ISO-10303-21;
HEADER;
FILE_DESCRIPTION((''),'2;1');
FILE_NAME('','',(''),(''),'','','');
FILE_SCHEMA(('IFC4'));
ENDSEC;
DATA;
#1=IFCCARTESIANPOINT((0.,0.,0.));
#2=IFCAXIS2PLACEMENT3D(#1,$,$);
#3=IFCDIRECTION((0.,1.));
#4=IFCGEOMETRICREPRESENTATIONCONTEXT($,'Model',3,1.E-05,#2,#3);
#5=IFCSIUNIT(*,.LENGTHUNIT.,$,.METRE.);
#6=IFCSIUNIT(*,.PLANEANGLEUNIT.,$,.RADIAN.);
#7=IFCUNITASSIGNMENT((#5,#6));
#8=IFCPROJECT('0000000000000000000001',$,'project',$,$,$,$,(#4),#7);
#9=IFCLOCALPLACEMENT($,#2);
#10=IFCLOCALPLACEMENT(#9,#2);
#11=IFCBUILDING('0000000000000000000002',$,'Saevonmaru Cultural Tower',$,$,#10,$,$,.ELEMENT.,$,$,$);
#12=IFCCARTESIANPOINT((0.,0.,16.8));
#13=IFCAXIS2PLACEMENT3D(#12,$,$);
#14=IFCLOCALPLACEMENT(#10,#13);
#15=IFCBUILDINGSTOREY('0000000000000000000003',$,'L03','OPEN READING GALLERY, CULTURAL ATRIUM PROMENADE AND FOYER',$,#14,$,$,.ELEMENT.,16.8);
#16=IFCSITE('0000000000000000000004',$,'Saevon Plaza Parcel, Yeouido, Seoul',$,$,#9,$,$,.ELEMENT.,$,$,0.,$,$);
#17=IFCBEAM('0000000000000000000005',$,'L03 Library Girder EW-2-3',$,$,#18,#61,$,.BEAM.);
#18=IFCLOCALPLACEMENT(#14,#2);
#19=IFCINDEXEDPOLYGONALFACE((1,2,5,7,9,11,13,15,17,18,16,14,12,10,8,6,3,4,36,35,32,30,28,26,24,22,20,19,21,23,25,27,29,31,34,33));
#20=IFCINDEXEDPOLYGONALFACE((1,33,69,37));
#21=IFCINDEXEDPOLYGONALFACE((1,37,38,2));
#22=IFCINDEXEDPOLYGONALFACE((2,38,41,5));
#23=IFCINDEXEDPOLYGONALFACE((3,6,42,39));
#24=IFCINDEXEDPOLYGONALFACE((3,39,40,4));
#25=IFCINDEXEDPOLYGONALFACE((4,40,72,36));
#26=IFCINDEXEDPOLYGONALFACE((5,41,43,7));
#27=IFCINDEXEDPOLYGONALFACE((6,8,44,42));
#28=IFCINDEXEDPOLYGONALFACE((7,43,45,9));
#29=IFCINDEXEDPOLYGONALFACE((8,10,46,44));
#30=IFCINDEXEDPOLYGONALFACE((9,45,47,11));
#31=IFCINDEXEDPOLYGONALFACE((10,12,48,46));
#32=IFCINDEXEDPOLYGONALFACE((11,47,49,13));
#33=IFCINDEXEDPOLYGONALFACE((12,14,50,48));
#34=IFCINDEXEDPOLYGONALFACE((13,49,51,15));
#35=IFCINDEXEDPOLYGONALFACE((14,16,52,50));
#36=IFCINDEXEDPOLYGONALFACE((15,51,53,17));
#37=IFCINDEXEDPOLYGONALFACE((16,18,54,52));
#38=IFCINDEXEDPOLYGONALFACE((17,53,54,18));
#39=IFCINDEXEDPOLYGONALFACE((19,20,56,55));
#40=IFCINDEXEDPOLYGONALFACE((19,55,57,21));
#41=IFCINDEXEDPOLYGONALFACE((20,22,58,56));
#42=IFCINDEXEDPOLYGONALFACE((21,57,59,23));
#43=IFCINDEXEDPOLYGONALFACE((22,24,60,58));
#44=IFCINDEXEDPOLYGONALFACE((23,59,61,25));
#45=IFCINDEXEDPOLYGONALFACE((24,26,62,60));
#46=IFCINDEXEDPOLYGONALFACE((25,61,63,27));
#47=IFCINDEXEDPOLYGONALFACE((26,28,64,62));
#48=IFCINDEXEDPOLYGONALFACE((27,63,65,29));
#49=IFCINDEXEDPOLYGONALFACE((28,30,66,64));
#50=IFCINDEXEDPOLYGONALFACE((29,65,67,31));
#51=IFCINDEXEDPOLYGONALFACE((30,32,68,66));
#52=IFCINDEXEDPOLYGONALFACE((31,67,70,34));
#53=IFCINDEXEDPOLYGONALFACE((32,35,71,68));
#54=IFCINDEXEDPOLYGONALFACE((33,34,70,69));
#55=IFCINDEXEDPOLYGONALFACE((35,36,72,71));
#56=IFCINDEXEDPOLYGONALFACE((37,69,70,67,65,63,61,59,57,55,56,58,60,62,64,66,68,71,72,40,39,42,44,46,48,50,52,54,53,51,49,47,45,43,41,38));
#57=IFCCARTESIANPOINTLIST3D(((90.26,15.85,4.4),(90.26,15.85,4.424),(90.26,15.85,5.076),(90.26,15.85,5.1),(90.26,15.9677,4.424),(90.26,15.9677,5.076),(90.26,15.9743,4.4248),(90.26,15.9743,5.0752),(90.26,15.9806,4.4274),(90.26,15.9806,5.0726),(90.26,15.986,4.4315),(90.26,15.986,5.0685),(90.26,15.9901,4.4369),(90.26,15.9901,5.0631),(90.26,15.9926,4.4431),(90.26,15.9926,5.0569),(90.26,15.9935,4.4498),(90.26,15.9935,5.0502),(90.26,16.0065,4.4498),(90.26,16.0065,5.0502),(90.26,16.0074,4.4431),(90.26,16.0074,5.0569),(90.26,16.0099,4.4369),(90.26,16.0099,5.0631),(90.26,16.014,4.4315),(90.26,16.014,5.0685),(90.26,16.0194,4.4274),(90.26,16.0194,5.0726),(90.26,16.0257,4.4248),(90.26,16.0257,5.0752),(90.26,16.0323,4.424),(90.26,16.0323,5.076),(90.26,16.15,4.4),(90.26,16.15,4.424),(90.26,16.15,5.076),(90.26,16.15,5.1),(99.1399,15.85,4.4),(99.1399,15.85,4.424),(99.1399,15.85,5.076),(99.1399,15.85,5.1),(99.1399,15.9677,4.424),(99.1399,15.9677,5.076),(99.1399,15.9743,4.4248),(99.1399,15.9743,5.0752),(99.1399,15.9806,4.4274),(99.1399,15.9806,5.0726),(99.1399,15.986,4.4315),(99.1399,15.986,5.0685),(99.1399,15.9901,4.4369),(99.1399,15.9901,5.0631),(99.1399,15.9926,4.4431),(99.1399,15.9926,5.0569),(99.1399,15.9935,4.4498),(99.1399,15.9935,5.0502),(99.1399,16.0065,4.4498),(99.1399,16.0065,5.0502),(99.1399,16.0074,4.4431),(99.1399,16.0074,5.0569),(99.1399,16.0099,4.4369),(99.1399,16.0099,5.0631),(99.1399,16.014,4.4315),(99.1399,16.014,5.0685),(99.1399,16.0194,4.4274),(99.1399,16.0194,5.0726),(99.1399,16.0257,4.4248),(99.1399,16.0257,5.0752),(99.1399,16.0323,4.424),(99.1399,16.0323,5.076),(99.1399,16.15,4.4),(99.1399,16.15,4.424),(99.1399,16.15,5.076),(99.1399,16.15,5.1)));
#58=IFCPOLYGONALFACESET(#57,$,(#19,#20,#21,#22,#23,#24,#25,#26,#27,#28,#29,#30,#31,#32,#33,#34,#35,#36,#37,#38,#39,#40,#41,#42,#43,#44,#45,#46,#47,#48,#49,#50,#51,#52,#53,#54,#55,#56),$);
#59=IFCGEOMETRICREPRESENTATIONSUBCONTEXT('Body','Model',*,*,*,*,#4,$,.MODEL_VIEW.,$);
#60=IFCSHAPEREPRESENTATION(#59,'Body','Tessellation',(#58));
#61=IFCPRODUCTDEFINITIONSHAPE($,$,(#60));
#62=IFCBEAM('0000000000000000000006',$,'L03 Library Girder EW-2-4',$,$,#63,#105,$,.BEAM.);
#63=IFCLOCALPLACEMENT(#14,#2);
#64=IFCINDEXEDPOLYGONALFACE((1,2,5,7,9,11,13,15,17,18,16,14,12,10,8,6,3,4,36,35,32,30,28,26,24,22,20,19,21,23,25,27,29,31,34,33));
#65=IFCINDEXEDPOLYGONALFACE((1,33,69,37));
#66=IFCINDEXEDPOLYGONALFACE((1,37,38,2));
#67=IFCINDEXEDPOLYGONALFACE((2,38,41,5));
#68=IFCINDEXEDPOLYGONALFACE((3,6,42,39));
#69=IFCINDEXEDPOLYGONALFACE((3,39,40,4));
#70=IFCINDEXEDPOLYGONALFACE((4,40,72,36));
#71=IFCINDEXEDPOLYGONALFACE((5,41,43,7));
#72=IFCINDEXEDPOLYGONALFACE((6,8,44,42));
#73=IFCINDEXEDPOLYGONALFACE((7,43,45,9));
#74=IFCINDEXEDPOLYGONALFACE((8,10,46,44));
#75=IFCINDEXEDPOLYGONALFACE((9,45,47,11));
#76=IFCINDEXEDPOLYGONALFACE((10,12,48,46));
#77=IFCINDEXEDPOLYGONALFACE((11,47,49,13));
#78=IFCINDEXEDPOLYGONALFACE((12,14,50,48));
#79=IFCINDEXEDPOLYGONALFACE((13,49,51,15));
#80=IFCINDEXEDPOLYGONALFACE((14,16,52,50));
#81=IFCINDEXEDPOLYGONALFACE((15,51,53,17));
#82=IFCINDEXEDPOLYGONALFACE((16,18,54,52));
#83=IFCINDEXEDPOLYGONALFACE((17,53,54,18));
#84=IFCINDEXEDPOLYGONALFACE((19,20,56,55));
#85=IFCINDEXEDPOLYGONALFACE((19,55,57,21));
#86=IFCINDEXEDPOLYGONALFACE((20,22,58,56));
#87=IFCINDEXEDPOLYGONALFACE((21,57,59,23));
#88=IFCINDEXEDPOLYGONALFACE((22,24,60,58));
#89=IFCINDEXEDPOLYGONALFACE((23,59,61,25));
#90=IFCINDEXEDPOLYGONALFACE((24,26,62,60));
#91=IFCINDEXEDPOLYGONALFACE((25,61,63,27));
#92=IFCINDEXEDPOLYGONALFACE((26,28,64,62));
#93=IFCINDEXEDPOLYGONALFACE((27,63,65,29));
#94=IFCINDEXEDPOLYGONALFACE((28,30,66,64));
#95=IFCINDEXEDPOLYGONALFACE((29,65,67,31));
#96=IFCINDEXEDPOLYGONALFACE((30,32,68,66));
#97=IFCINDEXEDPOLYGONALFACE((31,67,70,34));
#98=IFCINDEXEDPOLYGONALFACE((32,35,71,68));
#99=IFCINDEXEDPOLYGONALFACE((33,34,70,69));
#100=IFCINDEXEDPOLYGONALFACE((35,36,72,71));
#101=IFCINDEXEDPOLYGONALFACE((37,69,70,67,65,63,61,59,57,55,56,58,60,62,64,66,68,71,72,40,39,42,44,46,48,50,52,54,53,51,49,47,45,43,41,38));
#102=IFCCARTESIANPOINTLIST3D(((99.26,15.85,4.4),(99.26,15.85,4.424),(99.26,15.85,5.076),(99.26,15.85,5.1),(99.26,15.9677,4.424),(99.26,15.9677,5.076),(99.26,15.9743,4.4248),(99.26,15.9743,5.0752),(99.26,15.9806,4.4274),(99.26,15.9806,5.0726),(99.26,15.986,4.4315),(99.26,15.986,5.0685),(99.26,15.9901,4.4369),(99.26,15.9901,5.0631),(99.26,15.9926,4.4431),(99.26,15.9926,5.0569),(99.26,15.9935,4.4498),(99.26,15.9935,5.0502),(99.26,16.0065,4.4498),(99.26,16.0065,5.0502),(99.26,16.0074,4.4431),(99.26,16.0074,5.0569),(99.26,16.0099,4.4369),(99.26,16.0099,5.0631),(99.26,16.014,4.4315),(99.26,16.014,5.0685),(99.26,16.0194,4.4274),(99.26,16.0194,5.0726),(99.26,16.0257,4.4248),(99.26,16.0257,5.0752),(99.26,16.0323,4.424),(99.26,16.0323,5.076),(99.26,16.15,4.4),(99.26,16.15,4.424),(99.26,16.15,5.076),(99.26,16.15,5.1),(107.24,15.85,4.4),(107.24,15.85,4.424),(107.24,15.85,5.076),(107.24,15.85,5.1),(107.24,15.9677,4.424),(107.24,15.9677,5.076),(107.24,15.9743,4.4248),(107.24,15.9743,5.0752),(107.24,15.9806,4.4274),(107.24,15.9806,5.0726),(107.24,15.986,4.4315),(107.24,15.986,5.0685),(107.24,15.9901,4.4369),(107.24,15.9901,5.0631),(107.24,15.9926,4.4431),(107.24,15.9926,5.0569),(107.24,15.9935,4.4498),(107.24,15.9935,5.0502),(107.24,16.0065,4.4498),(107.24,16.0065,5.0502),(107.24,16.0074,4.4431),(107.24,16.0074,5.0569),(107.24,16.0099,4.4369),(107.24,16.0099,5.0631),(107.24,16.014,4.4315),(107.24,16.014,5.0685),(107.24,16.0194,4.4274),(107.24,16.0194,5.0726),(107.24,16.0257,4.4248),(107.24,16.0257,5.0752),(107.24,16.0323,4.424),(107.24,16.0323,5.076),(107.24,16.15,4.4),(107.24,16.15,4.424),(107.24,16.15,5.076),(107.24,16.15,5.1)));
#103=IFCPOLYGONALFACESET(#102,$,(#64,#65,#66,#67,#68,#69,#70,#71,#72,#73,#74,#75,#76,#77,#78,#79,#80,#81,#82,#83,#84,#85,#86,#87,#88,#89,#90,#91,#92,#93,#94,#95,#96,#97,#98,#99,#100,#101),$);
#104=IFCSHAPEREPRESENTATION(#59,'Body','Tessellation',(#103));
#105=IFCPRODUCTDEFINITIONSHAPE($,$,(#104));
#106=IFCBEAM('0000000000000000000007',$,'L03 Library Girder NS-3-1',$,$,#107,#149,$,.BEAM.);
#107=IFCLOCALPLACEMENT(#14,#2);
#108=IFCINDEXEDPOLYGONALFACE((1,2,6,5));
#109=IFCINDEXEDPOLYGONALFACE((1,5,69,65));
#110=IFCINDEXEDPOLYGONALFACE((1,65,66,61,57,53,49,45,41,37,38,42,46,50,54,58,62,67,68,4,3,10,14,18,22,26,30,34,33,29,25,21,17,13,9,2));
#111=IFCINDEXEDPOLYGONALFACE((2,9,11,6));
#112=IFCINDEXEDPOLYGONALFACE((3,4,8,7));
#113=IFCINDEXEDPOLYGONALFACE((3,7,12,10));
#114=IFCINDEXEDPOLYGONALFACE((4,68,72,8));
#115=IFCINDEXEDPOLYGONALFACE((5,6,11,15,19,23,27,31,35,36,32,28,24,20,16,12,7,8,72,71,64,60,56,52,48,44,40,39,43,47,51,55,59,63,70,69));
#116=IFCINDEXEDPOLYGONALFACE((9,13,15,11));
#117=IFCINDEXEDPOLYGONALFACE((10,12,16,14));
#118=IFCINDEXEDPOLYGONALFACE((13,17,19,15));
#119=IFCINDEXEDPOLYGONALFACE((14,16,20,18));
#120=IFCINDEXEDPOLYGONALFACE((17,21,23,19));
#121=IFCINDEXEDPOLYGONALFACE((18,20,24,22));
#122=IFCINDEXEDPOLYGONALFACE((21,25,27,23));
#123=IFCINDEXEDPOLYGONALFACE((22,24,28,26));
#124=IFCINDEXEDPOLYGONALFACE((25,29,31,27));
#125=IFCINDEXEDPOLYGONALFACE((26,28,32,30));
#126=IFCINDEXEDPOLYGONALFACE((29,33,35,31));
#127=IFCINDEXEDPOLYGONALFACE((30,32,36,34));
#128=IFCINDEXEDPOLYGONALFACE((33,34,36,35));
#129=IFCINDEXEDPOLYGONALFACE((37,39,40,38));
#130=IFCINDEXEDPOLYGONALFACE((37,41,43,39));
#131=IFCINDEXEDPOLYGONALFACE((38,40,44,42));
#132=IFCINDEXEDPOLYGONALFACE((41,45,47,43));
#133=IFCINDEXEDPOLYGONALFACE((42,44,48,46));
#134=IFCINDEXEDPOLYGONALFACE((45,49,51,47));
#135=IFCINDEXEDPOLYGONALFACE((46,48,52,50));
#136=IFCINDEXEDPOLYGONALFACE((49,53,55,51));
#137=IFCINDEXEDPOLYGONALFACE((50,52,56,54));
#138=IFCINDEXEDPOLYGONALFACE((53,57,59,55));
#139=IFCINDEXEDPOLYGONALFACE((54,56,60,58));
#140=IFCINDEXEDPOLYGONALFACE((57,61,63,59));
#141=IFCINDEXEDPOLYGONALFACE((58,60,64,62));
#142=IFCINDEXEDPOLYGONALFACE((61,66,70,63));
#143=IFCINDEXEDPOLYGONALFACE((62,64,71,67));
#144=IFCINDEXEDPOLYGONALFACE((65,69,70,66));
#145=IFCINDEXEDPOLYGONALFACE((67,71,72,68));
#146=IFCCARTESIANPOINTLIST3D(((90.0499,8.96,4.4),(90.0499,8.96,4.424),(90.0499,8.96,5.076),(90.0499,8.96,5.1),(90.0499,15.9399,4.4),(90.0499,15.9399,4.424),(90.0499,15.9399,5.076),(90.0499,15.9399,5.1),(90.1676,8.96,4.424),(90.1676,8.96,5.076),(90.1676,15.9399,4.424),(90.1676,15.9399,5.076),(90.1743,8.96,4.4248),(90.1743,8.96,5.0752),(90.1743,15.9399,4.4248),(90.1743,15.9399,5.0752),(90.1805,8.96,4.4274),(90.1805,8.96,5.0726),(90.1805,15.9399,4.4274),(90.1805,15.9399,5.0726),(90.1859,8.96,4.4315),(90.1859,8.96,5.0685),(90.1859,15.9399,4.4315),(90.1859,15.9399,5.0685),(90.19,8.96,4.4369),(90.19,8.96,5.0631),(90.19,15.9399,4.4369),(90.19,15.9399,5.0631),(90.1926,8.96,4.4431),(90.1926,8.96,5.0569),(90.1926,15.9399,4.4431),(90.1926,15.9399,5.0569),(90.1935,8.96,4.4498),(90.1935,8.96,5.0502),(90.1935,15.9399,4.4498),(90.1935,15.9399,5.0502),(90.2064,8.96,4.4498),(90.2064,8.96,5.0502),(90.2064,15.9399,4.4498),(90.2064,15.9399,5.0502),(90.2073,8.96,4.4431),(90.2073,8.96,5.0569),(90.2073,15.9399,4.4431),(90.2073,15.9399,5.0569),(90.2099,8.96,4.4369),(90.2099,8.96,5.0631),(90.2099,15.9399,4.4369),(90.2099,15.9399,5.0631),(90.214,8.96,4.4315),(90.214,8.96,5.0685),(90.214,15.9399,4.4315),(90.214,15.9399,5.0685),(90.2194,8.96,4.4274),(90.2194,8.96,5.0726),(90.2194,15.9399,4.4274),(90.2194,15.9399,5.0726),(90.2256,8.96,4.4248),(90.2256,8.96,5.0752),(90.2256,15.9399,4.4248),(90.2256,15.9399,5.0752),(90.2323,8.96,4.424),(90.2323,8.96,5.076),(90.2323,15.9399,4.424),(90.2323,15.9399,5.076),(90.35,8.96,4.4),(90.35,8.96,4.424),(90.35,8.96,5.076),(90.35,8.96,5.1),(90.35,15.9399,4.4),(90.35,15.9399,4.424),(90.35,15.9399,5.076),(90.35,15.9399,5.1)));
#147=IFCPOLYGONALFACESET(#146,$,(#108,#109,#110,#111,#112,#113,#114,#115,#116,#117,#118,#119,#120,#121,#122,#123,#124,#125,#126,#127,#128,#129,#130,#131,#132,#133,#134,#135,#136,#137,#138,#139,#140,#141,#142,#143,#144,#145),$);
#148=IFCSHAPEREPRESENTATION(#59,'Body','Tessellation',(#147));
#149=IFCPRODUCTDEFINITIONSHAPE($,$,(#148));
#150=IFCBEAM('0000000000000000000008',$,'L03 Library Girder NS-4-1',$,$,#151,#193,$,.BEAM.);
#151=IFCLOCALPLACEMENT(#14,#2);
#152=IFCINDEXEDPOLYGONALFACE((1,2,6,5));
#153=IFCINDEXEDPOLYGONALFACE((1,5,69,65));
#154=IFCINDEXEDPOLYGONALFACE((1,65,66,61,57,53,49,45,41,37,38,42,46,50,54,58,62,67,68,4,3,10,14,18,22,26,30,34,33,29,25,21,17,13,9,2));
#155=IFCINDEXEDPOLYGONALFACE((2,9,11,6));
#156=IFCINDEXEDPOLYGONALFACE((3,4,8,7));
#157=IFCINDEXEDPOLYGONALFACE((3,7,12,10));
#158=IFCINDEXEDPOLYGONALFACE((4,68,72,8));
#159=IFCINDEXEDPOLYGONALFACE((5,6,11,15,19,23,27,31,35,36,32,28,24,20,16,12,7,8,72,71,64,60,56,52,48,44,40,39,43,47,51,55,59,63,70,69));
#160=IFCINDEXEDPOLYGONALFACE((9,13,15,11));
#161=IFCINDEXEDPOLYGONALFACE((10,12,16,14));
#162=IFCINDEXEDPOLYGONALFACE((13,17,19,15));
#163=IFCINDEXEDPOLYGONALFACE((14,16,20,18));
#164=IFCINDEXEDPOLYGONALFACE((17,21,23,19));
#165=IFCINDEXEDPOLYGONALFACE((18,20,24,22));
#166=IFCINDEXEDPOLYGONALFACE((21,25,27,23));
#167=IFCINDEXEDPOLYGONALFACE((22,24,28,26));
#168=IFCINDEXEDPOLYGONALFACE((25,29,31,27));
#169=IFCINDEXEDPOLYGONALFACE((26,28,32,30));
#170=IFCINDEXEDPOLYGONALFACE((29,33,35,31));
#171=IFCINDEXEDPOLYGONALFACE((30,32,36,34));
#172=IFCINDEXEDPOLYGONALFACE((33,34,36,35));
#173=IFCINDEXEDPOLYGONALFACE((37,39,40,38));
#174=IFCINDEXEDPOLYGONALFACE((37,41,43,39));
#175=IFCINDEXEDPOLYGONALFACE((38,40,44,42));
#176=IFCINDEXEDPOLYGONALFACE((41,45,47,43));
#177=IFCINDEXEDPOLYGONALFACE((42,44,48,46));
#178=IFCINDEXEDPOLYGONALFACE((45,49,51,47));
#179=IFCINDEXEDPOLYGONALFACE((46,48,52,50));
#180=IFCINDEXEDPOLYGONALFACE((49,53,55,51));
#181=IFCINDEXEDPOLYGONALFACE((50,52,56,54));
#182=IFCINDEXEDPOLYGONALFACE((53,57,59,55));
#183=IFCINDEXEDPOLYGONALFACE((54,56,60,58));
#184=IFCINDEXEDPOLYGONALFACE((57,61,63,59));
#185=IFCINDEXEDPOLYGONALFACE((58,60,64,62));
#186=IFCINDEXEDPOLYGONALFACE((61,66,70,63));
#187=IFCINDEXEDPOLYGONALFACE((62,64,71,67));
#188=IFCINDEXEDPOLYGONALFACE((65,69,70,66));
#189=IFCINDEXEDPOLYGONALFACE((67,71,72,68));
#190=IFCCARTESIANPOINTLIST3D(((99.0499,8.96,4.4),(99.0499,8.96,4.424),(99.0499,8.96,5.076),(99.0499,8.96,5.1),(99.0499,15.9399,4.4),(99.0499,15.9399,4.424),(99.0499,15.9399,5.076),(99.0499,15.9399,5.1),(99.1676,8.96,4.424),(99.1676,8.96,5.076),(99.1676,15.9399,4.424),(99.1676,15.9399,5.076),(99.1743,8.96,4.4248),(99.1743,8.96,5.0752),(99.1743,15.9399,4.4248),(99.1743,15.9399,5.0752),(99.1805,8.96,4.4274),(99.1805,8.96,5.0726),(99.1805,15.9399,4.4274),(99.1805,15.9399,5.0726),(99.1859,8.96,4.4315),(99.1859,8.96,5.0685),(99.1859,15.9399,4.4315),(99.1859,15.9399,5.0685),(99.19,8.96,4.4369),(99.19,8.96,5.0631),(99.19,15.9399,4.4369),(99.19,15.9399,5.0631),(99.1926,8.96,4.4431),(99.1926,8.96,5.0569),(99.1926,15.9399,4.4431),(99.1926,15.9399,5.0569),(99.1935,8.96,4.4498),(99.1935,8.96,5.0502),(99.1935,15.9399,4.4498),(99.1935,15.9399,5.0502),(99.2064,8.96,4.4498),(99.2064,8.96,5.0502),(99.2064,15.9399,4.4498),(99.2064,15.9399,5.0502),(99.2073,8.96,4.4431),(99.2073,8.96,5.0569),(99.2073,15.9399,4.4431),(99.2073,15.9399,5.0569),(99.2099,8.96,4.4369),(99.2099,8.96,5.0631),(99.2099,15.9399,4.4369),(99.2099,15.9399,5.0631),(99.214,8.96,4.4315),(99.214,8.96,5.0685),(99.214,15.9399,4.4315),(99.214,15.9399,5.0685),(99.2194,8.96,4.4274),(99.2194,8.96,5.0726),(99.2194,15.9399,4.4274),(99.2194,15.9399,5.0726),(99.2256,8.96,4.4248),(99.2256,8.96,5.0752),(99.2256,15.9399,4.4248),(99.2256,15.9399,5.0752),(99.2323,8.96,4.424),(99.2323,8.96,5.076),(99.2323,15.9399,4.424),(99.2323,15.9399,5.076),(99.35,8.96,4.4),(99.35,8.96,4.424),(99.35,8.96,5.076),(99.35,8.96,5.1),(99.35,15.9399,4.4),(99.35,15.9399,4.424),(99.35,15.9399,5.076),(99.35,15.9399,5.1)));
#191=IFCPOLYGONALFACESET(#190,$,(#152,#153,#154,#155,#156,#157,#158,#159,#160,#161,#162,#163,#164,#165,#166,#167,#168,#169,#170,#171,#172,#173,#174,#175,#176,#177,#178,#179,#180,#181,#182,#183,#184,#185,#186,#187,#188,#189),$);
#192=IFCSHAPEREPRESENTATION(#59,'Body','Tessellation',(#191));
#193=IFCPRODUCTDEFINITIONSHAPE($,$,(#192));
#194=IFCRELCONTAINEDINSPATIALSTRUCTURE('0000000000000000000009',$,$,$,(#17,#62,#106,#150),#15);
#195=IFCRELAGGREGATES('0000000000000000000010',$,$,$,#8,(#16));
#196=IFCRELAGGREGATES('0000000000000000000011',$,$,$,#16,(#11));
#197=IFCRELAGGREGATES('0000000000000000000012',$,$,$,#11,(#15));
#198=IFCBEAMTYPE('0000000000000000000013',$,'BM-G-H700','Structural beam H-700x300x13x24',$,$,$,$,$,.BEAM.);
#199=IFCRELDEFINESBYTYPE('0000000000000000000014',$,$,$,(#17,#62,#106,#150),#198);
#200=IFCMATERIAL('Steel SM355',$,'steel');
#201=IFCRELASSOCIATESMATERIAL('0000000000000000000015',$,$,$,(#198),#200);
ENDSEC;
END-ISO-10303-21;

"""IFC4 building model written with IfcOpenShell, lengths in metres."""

from ifc_helpers import new_model, si_unit, direction, frame, origin, origin_2d, place, context, subcontext, project, spatial, i_section, extrude, material, material_profile, profile_set, type_object, element, save


model = new_model("IFC4")

# Units and contexts
model_context = context("Model", 3, precision=1e-05, world=origin(), true_north=direction((0.0, 1.0)))
body_context = subcontext(model_context, "Body", "Model", "MODEL_VIEW")
ifc_project = project(units=[si_unit("LENGTHUNIT", "METRE"), si_unit("PLANEANGLEUNIT", "RADIAN")], contexts=[model_context])

# Site, building, storey
site_placement = place(None, origin())
site = spatial("IfcSite", under=ifc_project, at=site_placement, Name="Saevon Plaza Parcel, Yeouido, Seoul", CompositionType="ELEMENT", RefElevation=0.0)
building_placement = place(site_placement, origin())
building = spatial("IfcBuilding", under=site, at=building_placement, Name="Saevonmaru Cultural Tower", CompositionType="ELEMENT")
storey_placement = place(building_placement, frame((0.0, 0.0, 16.8)))
storey = spatial("IfcBuildingStorey", under=building, at=storey_placement, Name="L03", Description="OPEN READING GALLERY, CULTURAL ATRIUM PROMENADE AND FOYER", CompositionType="ELEMENT", Elevation=16.8)

# Shared definitions
ifc_material_1 = material(Name="Steel SM355", Category="steel")

# Beams
ifc_material_profile_1 = material_profile(ifc_material_1, i_section(OverallWidth=0.3, OverallDepth=0.7, WebThickness=0.0129, FlangeThickness=0.0239, FilletRadius=0.0259, at=origin_2d()), Name="H-700x300x13x24")
ifc_profile_set_1 = profile_set([ifc_material_profile_1], Name="Steel SM355")
beam_type = type_object("IfcBeamType", Name="BM-G-H700", Description="Structural beam H-700x300x13x24", PredefinedType="BEAM", material=ifc_profile_set_1)
beam_1_placement = place(storey_placement, frame((90.26, 16.0, 4.75), z_axis=(1.0, 0.0, 0.0), x_axis=(0.0, 1.0, 0.0)))
element("IfcBeam", 1, at=beam_1_placement, inside=storey, type_object=beam_type, Name="L03 Library Girder EW-2-3", PredefinedType="BEAM", context=body_context, shape_type="SweptSolid", body=[
    extrude(i_section(OverallWidth=0.3, OverallDepth=0.7, WebThickness=0.0129, FlangeThickness=0.0239, FilletRadius=0.0259, at=origin_2d()), origin(), (0.0, 0.0, 1.0), 8.8799),
])
beam_2_placement = place(storey_placement, frame((99.26, 16.0, 4.75), z_axis=(1.0, 0.0, 0.0), x_axis=(0.0, 1.0, 0.0)))
element("IfcBeam", 2, at=beam_2_placement, inside=storey, type_object=beam_type, Name="L03 Library Girder EW-2-4", PredefinedType="BEAM", context=body_context, shape_type="SweptSolid", body=[
    extrude(i_section(OverallWidth=0.3, OverallDepth=0.7, WebThickness=0.0129, FlangeThickness=0.0239, FilletRadius=0.0259, at=origin_2d()), origin(), (0.0, 0.0, 1.0), 7.98),
])
for number, where, z_axis, x_axis, name in (
    (3, (90.2, 8.96, 4.75), (0.0, 1.0, 0.0), (-1.0, 0.0, 0.0), "L03 Library Girder NS-3-1"),
    (4, (99.2, 8.96, 4.75), (0.0, 1.0, 0.0), (-1.0, 0.0, 0.0), "L03 Library Girder NS-4-1"),
):
    element("IfcBeam", number, at=place(storey_placement, frame(where, z_axis=z_axis, x_axis=x_axis)), inside=storey, type_object=beam_type, Name=name, PredefinedType="BEAM", context=body_context, shape_type="SweptSolid", body=[
        extrude(i_section(OverallWidth=0.3, OverallDepth=0.7, WebThickness=0.0129, FlangeThickness=0.0239, FilletRadius=0.0259, at=origin_2d()), origin(), (0.0, 0.0, 1.0), 6.98),
    ])

save(model, "model.ifc")
